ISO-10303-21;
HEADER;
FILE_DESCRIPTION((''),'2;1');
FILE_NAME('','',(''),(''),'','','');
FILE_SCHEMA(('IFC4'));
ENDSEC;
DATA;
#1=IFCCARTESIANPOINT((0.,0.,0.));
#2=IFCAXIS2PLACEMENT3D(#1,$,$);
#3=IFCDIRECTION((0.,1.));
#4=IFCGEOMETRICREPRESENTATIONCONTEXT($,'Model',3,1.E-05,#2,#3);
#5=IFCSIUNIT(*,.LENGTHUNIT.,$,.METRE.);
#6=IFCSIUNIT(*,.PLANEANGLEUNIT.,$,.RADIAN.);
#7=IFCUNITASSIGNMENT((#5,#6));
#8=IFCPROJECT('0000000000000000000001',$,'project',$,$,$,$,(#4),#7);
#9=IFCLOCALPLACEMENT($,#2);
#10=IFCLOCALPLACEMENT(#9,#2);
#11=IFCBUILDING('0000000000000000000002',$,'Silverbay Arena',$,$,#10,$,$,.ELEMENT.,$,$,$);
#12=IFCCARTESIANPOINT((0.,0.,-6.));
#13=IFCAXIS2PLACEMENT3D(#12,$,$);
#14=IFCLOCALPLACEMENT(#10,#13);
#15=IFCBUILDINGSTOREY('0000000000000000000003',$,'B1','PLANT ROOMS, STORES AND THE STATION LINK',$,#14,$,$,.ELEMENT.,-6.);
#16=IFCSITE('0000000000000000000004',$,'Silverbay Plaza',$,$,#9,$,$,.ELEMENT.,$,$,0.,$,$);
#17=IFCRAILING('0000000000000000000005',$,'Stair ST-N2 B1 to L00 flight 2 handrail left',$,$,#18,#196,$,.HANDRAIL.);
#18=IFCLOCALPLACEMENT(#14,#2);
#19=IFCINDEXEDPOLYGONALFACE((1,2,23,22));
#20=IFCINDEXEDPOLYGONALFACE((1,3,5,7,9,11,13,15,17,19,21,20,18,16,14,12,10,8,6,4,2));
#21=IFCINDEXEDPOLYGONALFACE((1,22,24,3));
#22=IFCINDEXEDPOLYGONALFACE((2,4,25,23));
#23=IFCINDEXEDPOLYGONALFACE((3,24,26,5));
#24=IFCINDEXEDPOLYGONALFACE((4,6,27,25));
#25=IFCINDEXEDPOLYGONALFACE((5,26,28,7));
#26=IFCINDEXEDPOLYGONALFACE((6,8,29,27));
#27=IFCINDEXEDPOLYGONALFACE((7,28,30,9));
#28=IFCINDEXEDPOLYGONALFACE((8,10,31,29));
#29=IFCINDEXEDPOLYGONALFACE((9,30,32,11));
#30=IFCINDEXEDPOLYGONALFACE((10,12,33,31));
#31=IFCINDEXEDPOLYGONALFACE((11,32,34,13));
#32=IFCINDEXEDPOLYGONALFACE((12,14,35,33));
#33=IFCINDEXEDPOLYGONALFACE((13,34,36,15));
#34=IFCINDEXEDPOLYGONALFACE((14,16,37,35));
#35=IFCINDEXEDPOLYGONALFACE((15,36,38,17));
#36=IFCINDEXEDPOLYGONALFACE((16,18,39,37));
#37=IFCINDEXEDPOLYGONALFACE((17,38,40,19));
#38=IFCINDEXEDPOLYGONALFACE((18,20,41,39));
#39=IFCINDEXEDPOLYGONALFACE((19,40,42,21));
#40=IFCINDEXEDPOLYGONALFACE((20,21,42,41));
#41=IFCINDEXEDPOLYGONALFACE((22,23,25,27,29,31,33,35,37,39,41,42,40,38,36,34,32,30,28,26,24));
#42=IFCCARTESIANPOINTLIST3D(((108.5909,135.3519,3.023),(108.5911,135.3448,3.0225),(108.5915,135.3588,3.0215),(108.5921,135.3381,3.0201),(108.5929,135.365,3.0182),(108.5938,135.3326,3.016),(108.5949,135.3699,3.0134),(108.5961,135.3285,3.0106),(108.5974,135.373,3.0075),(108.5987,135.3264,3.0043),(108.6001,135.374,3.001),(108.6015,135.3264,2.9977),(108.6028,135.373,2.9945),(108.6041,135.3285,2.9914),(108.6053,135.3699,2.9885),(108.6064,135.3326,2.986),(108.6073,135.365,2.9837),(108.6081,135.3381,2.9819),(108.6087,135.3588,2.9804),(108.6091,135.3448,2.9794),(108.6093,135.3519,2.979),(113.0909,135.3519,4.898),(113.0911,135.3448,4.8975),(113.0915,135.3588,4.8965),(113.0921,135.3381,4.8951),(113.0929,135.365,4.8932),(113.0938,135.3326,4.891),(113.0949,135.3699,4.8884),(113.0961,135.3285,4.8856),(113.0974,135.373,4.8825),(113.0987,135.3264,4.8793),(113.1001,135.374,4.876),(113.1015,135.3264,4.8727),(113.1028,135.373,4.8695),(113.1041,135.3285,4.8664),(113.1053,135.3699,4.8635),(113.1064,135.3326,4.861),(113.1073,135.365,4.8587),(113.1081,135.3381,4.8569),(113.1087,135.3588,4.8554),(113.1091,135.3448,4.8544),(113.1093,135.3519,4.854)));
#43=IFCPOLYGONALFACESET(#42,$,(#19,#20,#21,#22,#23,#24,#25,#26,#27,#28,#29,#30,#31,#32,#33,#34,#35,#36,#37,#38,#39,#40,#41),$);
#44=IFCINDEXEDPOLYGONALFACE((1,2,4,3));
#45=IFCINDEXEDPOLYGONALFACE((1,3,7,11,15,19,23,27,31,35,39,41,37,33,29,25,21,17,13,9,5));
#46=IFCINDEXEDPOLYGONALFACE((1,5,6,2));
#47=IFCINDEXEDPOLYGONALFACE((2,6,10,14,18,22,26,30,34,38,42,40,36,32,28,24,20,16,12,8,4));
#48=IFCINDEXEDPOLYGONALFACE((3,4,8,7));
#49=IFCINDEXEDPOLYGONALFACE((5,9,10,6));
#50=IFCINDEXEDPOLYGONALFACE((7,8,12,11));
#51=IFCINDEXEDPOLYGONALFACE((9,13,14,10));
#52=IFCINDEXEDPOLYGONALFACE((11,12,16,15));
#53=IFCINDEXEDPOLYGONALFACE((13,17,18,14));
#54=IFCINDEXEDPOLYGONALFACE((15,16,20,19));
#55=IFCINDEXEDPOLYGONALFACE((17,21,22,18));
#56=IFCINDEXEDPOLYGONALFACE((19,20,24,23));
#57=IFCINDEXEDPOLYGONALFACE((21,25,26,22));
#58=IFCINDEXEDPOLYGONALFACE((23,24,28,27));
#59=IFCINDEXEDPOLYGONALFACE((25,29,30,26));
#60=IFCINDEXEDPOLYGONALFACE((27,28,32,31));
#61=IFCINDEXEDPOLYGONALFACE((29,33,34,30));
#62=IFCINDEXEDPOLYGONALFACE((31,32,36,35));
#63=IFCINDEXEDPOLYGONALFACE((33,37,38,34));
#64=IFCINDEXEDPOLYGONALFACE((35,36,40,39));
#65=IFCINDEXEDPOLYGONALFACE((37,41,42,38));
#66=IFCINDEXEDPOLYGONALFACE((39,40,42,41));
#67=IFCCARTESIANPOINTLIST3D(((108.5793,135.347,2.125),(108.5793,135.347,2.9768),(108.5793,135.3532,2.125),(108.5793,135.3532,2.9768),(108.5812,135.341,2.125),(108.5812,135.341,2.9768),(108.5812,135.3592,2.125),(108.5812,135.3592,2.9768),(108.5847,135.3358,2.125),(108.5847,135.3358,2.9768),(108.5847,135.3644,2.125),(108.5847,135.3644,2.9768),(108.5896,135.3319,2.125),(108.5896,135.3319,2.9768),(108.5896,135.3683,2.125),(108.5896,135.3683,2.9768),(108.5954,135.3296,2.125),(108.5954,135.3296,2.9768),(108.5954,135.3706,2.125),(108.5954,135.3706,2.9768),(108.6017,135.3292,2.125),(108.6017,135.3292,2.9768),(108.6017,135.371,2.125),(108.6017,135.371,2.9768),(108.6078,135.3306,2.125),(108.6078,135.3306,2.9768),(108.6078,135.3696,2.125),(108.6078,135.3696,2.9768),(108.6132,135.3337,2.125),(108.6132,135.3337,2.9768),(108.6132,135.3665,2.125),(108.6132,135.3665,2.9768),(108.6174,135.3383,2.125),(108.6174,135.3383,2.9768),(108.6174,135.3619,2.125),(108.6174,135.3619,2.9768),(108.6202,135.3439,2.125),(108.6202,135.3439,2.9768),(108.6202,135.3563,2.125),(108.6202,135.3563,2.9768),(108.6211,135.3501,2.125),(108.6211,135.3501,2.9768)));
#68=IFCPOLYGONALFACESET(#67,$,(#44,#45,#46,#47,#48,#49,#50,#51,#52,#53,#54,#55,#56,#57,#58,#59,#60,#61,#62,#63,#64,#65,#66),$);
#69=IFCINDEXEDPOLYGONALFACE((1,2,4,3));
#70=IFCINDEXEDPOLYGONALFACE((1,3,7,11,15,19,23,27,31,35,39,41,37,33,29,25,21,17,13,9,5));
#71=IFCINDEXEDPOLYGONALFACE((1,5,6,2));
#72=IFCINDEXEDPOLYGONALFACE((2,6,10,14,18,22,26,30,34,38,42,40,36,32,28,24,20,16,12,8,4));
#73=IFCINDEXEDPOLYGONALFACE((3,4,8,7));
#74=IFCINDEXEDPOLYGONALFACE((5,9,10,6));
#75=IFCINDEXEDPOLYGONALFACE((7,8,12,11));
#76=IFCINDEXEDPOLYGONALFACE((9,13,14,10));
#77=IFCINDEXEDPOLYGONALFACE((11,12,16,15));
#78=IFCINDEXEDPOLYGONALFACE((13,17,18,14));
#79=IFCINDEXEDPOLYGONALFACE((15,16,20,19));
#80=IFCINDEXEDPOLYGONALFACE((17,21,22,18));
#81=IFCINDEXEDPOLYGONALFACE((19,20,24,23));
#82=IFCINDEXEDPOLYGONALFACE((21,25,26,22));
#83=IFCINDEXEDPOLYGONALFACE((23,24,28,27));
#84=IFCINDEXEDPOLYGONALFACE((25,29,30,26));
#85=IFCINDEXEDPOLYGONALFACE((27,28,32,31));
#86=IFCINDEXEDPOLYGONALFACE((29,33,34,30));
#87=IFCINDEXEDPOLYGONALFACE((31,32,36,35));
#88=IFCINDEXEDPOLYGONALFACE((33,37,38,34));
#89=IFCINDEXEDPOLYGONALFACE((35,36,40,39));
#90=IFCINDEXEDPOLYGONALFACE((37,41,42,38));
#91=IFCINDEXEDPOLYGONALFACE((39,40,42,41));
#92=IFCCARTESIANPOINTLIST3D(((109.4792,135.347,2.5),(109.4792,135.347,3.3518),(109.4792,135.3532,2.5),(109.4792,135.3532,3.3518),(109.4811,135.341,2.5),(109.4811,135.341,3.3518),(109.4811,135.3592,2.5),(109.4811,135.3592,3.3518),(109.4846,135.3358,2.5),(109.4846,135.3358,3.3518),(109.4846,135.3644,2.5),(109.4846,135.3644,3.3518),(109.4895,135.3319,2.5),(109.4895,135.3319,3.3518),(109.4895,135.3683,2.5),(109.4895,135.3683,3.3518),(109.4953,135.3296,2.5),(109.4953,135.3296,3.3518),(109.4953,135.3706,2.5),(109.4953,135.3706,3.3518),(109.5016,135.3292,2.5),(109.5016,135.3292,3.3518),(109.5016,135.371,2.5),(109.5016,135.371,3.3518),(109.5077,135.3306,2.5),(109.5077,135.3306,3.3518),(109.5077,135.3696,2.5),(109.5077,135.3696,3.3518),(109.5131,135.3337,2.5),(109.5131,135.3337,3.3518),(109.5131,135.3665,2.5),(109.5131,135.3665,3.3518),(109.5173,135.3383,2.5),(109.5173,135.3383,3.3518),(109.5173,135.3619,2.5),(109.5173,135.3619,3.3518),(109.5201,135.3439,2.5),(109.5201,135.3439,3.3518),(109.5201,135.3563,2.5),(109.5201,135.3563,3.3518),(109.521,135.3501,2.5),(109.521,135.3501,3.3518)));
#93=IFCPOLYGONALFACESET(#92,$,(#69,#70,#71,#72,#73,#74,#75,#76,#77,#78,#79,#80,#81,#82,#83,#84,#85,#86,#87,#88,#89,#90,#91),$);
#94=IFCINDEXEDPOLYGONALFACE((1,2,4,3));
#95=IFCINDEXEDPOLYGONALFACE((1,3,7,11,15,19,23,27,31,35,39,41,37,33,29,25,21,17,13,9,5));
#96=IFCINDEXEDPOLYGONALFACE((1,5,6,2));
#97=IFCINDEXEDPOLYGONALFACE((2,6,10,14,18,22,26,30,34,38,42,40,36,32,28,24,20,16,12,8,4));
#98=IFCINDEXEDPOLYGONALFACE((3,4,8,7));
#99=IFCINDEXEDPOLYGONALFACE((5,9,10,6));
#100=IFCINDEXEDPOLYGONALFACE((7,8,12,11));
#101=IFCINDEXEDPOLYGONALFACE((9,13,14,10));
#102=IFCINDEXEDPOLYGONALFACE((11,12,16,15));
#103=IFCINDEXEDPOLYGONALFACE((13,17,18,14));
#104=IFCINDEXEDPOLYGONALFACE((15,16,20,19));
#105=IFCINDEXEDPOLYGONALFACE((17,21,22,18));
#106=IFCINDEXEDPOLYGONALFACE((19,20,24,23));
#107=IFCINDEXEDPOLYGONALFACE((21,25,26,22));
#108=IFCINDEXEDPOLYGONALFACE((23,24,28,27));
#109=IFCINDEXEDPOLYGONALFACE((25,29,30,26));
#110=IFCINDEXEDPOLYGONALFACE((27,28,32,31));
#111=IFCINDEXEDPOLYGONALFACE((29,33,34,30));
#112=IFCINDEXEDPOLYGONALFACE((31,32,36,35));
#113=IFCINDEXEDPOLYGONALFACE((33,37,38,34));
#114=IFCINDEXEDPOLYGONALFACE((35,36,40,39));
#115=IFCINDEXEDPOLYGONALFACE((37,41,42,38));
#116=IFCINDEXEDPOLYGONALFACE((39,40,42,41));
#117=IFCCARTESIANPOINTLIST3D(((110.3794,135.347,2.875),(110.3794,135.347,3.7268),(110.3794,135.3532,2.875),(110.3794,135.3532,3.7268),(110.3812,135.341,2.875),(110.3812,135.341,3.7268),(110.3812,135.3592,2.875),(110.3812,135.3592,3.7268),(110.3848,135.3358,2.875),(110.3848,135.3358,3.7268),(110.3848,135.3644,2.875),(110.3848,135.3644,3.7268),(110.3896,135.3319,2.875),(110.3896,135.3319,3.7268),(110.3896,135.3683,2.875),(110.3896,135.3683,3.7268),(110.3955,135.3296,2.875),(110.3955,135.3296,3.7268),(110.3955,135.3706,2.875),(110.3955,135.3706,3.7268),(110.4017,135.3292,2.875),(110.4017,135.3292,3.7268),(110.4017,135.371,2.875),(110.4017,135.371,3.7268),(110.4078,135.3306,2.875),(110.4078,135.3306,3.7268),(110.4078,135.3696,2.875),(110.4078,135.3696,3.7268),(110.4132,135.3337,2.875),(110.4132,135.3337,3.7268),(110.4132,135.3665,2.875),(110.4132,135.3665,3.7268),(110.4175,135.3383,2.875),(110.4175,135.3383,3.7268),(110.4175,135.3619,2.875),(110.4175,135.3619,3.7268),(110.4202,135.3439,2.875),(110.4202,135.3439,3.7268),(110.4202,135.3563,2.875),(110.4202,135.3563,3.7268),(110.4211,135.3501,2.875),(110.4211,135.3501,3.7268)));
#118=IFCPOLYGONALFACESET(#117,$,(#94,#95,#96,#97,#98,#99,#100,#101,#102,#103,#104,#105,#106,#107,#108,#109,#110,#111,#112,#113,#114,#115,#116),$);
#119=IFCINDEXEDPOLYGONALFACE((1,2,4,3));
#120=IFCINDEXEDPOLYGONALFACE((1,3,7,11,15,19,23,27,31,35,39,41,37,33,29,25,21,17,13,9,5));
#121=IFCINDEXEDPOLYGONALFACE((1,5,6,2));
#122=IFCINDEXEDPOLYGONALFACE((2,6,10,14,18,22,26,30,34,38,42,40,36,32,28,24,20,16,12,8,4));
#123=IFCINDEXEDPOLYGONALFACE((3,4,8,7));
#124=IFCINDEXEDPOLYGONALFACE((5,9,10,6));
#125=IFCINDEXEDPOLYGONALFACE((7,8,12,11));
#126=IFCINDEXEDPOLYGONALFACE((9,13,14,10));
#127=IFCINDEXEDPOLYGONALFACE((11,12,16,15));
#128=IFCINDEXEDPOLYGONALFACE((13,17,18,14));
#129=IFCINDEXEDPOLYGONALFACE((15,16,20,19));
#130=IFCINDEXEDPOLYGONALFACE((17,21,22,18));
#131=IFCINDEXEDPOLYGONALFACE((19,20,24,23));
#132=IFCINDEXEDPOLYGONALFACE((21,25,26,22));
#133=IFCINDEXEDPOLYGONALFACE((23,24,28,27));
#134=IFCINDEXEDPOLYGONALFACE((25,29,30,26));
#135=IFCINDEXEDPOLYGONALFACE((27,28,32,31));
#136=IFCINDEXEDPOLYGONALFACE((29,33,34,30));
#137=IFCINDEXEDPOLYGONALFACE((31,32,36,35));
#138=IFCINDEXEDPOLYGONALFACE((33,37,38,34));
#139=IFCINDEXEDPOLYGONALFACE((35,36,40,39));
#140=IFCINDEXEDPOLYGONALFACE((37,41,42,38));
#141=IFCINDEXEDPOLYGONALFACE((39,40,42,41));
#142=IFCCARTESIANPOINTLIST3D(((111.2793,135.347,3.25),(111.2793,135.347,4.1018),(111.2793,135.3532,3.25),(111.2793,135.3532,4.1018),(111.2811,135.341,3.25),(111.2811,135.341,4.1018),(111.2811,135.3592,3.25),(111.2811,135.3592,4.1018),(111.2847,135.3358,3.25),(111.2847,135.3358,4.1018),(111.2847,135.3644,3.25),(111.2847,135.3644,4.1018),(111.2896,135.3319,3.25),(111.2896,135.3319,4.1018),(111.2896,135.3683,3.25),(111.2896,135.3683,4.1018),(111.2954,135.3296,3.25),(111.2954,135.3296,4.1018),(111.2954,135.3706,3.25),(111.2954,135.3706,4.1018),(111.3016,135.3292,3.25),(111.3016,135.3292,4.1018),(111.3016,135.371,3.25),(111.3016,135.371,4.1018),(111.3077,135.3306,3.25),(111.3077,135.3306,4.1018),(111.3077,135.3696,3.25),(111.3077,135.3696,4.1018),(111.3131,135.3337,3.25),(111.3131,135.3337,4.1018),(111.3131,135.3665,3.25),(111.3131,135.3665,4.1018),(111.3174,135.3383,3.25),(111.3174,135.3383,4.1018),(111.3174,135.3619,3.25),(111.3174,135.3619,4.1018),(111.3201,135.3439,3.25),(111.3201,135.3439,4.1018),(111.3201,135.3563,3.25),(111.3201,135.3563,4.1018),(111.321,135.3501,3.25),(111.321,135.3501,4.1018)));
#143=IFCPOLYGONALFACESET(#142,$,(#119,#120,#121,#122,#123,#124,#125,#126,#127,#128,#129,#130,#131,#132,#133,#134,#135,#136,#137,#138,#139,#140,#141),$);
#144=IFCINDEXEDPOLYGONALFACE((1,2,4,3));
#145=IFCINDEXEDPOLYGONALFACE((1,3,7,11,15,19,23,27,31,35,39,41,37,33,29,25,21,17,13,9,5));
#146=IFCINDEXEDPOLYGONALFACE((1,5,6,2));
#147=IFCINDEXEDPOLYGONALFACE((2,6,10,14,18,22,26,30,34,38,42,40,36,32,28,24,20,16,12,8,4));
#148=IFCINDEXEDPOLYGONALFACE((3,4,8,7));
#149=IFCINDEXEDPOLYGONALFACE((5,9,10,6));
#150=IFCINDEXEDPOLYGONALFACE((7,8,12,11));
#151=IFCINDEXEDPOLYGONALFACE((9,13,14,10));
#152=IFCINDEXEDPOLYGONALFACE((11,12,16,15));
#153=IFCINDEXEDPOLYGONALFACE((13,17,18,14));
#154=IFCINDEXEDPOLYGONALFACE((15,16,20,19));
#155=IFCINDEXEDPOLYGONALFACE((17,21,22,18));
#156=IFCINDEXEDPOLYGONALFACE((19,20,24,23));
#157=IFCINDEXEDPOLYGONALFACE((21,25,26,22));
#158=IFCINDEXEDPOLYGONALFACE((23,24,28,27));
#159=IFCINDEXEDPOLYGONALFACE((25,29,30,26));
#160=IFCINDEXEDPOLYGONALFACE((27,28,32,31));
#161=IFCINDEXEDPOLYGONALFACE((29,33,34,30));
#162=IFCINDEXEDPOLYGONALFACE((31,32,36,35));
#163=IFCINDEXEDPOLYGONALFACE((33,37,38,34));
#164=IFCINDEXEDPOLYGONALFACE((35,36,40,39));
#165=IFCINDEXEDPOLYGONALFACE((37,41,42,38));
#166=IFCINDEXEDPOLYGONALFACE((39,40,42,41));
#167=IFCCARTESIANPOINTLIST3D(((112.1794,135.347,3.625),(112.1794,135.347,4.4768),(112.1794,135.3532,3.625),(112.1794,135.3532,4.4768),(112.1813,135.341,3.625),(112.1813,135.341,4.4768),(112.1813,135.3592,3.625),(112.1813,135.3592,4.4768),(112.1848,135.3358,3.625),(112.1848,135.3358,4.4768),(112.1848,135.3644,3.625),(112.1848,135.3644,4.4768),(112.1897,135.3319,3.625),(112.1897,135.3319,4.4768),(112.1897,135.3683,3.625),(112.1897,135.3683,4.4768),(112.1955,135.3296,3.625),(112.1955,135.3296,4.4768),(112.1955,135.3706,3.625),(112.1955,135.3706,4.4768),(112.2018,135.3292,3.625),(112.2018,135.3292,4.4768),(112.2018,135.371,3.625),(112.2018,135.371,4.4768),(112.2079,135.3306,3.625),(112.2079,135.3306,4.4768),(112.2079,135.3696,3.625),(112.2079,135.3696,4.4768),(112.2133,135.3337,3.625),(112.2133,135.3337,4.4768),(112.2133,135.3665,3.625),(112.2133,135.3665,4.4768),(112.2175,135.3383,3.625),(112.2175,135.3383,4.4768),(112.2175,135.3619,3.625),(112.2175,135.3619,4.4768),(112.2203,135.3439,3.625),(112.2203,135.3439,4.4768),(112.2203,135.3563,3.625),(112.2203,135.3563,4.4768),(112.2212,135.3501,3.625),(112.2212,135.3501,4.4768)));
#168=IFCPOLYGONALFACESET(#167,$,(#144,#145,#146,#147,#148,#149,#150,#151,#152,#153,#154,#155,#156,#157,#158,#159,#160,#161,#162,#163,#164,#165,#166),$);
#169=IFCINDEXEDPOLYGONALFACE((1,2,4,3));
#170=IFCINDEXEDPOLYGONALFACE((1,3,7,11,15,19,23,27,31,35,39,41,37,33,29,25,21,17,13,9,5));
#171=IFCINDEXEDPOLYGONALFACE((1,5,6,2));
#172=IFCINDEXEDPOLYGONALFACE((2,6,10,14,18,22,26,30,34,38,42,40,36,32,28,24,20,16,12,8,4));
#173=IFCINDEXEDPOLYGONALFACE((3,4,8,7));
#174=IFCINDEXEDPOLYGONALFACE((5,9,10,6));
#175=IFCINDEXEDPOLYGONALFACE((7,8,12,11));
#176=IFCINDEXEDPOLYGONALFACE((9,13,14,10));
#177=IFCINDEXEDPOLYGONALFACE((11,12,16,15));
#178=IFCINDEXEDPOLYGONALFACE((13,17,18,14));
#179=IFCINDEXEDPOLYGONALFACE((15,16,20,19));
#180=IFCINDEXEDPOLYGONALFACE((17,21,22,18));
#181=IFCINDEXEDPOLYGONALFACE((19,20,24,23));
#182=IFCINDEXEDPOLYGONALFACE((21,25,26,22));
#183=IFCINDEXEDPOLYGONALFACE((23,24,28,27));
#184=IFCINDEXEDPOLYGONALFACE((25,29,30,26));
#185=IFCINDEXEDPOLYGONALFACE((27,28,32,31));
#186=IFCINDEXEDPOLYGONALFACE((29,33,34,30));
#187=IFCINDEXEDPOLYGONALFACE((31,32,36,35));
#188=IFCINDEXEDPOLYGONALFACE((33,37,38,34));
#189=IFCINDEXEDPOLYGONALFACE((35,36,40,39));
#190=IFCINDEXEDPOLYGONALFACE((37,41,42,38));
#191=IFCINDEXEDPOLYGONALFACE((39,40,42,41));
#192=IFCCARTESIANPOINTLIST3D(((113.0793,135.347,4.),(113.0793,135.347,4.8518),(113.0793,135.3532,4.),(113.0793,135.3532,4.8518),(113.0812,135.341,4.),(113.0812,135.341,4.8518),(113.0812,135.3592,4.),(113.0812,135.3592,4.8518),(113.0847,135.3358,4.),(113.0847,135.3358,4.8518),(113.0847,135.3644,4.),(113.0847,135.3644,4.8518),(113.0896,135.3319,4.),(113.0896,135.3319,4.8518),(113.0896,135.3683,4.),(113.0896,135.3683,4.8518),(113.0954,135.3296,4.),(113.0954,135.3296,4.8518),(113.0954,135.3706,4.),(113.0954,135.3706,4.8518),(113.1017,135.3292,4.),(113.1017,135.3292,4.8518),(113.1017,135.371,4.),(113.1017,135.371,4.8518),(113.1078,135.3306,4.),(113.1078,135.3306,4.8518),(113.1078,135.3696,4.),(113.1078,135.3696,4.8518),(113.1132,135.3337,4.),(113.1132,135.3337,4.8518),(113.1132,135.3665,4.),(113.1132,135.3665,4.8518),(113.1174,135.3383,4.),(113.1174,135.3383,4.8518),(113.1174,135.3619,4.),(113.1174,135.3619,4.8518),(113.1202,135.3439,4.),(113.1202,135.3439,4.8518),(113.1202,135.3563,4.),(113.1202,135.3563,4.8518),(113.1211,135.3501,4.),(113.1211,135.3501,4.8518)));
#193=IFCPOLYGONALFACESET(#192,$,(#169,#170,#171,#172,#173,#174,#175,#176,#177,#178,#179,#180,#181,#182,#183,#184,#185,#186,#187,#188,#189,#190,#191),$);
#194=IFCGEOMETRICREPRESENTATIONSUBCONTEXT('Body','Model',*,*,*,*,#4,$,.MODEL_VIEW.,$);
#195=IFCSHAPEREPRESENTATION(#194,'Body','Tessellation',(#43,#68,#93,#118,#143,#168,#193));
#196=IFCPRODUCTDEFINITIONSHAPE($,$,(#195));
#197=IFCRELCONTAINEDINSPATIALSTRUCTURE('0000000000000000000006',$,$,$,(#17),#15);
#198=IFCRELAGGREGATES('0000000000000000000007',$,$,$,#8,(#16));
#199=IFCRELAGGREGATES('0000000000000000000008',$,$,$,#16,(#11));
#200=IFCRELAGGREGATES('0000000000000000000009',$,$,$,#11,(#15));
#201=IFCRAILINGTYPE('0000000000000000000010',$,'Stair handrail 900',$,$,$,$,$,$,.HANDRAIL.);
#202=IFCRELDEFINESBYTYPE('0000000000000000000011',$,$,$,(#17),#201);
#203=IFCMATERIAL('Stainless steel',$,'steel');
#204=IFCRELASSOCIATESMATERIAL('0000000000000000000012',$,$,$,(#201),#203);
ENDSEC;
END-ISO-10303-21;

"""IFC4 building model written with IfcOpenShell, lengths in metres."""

from ifc_helpers import new_model, si_unit, direction, frame, origin, origin_2d, place, context, subcontext, project, spatial, circle, extrude, material, type_object, element, save


model = new_model("IFC4")

# Units and contexts
model_context = context("Model", 3, precision=1e-05, world=origin(), true_north=direction((0.0, 1.0)))
body_context = subcontext(model_context, "Body", "Model", "MODEL_VIEW")
ifc_project = project(units=[si_unit("LENGTHUNIT", "METRE"), si_unit("PLANEANGLEUNIT", "RADIAN")], contexts=[model_context])

# Site, building, storey
site_placement = place(None, origin())
site = spatial("IfcSite", under=ifc_project, at=site_placement, Name="Silverbay Plaza", CompositionType="ELEMENT", RefElevation=0.0)
building_placement = place(site_placement, origin())
building = spatial("IfcBuilding", under=site, at=building_placement, Name="Silverbay Arena", CompositionType="ELEMENT")
storey_placement = place(building_placement, frame((0.0, 0.0, -6.0)))
storey = spatial("IfcBuildingStorey", under=building, at=storey_placement, Name="B1", Description="PLANT ROOMS, STORES AND THE STATION LINK", CompositionType="ELEMENT", Elevation=-6.0)

# Railing
ifc_material_1 = material(Name="Stainless steel", Category="steel")
railing_type_1 = type_object("IfcRailingType", Name="Stair handrail 900", PredefinedType="HANDRAIL", material=ifc_material_1)
for number, where, name in (
    (1, (108.6001, 135.3501, 2.125), "Stair ST-N2 B1 to L00 flight 2 handrail left"),
):
    element("IfcRailing", number, at=place(storey_placement, frame(where)), inside=storey, type_object=railing_type_1, Name=name, PredefinedType="HANDRAIL", context=body_context, shape_type="SweptSolid", body=[
        extrude(circle(Radius=0.0239, at=origin_2d()), frame((0.0, 0.0, 0.876), z_axis=(0.923077, 0.0, 0.384615), x_axis=(0.0, 1.0, 0.0)), (0.0, 0.0, 1.0), 4.875),
        extrude(circle(Radius=0.021, at=origin_2d()), origin(), (0.0, 0.0, 1.0), 0.8518),
        extrude(circle(Radius=0.021, at=origin_2d()), frame((0.8999, 0.0, 0.375)), (0.0, 0.0, 1.0), 0.8518),
        extrude(circle(Radius=0.021, at=origin_2d()), frame((1.8, 0.0, 0.75)), (0.0, 0.0, 1.0), 0.8518),
        extrude(circle(Radius=0.021, at=origin_2d()), frame((2.7, 0.0, 1.125)), (0.0, 0.0, 1.0), 0.8518),
        extrude(circle(Radius=0.021, at=origin_2d()), frame((3.6001, 0.0, 1.5)), (0.0, 0.0, 1.0), 0.8518),
        extrude(circle(Radius=0.021, at=origin_2d()), frame((4.5, 0.0, 1.875)), (0.0, 0.0, 1.0), 0.8518),
    ])

save(model, "model.ifc")
